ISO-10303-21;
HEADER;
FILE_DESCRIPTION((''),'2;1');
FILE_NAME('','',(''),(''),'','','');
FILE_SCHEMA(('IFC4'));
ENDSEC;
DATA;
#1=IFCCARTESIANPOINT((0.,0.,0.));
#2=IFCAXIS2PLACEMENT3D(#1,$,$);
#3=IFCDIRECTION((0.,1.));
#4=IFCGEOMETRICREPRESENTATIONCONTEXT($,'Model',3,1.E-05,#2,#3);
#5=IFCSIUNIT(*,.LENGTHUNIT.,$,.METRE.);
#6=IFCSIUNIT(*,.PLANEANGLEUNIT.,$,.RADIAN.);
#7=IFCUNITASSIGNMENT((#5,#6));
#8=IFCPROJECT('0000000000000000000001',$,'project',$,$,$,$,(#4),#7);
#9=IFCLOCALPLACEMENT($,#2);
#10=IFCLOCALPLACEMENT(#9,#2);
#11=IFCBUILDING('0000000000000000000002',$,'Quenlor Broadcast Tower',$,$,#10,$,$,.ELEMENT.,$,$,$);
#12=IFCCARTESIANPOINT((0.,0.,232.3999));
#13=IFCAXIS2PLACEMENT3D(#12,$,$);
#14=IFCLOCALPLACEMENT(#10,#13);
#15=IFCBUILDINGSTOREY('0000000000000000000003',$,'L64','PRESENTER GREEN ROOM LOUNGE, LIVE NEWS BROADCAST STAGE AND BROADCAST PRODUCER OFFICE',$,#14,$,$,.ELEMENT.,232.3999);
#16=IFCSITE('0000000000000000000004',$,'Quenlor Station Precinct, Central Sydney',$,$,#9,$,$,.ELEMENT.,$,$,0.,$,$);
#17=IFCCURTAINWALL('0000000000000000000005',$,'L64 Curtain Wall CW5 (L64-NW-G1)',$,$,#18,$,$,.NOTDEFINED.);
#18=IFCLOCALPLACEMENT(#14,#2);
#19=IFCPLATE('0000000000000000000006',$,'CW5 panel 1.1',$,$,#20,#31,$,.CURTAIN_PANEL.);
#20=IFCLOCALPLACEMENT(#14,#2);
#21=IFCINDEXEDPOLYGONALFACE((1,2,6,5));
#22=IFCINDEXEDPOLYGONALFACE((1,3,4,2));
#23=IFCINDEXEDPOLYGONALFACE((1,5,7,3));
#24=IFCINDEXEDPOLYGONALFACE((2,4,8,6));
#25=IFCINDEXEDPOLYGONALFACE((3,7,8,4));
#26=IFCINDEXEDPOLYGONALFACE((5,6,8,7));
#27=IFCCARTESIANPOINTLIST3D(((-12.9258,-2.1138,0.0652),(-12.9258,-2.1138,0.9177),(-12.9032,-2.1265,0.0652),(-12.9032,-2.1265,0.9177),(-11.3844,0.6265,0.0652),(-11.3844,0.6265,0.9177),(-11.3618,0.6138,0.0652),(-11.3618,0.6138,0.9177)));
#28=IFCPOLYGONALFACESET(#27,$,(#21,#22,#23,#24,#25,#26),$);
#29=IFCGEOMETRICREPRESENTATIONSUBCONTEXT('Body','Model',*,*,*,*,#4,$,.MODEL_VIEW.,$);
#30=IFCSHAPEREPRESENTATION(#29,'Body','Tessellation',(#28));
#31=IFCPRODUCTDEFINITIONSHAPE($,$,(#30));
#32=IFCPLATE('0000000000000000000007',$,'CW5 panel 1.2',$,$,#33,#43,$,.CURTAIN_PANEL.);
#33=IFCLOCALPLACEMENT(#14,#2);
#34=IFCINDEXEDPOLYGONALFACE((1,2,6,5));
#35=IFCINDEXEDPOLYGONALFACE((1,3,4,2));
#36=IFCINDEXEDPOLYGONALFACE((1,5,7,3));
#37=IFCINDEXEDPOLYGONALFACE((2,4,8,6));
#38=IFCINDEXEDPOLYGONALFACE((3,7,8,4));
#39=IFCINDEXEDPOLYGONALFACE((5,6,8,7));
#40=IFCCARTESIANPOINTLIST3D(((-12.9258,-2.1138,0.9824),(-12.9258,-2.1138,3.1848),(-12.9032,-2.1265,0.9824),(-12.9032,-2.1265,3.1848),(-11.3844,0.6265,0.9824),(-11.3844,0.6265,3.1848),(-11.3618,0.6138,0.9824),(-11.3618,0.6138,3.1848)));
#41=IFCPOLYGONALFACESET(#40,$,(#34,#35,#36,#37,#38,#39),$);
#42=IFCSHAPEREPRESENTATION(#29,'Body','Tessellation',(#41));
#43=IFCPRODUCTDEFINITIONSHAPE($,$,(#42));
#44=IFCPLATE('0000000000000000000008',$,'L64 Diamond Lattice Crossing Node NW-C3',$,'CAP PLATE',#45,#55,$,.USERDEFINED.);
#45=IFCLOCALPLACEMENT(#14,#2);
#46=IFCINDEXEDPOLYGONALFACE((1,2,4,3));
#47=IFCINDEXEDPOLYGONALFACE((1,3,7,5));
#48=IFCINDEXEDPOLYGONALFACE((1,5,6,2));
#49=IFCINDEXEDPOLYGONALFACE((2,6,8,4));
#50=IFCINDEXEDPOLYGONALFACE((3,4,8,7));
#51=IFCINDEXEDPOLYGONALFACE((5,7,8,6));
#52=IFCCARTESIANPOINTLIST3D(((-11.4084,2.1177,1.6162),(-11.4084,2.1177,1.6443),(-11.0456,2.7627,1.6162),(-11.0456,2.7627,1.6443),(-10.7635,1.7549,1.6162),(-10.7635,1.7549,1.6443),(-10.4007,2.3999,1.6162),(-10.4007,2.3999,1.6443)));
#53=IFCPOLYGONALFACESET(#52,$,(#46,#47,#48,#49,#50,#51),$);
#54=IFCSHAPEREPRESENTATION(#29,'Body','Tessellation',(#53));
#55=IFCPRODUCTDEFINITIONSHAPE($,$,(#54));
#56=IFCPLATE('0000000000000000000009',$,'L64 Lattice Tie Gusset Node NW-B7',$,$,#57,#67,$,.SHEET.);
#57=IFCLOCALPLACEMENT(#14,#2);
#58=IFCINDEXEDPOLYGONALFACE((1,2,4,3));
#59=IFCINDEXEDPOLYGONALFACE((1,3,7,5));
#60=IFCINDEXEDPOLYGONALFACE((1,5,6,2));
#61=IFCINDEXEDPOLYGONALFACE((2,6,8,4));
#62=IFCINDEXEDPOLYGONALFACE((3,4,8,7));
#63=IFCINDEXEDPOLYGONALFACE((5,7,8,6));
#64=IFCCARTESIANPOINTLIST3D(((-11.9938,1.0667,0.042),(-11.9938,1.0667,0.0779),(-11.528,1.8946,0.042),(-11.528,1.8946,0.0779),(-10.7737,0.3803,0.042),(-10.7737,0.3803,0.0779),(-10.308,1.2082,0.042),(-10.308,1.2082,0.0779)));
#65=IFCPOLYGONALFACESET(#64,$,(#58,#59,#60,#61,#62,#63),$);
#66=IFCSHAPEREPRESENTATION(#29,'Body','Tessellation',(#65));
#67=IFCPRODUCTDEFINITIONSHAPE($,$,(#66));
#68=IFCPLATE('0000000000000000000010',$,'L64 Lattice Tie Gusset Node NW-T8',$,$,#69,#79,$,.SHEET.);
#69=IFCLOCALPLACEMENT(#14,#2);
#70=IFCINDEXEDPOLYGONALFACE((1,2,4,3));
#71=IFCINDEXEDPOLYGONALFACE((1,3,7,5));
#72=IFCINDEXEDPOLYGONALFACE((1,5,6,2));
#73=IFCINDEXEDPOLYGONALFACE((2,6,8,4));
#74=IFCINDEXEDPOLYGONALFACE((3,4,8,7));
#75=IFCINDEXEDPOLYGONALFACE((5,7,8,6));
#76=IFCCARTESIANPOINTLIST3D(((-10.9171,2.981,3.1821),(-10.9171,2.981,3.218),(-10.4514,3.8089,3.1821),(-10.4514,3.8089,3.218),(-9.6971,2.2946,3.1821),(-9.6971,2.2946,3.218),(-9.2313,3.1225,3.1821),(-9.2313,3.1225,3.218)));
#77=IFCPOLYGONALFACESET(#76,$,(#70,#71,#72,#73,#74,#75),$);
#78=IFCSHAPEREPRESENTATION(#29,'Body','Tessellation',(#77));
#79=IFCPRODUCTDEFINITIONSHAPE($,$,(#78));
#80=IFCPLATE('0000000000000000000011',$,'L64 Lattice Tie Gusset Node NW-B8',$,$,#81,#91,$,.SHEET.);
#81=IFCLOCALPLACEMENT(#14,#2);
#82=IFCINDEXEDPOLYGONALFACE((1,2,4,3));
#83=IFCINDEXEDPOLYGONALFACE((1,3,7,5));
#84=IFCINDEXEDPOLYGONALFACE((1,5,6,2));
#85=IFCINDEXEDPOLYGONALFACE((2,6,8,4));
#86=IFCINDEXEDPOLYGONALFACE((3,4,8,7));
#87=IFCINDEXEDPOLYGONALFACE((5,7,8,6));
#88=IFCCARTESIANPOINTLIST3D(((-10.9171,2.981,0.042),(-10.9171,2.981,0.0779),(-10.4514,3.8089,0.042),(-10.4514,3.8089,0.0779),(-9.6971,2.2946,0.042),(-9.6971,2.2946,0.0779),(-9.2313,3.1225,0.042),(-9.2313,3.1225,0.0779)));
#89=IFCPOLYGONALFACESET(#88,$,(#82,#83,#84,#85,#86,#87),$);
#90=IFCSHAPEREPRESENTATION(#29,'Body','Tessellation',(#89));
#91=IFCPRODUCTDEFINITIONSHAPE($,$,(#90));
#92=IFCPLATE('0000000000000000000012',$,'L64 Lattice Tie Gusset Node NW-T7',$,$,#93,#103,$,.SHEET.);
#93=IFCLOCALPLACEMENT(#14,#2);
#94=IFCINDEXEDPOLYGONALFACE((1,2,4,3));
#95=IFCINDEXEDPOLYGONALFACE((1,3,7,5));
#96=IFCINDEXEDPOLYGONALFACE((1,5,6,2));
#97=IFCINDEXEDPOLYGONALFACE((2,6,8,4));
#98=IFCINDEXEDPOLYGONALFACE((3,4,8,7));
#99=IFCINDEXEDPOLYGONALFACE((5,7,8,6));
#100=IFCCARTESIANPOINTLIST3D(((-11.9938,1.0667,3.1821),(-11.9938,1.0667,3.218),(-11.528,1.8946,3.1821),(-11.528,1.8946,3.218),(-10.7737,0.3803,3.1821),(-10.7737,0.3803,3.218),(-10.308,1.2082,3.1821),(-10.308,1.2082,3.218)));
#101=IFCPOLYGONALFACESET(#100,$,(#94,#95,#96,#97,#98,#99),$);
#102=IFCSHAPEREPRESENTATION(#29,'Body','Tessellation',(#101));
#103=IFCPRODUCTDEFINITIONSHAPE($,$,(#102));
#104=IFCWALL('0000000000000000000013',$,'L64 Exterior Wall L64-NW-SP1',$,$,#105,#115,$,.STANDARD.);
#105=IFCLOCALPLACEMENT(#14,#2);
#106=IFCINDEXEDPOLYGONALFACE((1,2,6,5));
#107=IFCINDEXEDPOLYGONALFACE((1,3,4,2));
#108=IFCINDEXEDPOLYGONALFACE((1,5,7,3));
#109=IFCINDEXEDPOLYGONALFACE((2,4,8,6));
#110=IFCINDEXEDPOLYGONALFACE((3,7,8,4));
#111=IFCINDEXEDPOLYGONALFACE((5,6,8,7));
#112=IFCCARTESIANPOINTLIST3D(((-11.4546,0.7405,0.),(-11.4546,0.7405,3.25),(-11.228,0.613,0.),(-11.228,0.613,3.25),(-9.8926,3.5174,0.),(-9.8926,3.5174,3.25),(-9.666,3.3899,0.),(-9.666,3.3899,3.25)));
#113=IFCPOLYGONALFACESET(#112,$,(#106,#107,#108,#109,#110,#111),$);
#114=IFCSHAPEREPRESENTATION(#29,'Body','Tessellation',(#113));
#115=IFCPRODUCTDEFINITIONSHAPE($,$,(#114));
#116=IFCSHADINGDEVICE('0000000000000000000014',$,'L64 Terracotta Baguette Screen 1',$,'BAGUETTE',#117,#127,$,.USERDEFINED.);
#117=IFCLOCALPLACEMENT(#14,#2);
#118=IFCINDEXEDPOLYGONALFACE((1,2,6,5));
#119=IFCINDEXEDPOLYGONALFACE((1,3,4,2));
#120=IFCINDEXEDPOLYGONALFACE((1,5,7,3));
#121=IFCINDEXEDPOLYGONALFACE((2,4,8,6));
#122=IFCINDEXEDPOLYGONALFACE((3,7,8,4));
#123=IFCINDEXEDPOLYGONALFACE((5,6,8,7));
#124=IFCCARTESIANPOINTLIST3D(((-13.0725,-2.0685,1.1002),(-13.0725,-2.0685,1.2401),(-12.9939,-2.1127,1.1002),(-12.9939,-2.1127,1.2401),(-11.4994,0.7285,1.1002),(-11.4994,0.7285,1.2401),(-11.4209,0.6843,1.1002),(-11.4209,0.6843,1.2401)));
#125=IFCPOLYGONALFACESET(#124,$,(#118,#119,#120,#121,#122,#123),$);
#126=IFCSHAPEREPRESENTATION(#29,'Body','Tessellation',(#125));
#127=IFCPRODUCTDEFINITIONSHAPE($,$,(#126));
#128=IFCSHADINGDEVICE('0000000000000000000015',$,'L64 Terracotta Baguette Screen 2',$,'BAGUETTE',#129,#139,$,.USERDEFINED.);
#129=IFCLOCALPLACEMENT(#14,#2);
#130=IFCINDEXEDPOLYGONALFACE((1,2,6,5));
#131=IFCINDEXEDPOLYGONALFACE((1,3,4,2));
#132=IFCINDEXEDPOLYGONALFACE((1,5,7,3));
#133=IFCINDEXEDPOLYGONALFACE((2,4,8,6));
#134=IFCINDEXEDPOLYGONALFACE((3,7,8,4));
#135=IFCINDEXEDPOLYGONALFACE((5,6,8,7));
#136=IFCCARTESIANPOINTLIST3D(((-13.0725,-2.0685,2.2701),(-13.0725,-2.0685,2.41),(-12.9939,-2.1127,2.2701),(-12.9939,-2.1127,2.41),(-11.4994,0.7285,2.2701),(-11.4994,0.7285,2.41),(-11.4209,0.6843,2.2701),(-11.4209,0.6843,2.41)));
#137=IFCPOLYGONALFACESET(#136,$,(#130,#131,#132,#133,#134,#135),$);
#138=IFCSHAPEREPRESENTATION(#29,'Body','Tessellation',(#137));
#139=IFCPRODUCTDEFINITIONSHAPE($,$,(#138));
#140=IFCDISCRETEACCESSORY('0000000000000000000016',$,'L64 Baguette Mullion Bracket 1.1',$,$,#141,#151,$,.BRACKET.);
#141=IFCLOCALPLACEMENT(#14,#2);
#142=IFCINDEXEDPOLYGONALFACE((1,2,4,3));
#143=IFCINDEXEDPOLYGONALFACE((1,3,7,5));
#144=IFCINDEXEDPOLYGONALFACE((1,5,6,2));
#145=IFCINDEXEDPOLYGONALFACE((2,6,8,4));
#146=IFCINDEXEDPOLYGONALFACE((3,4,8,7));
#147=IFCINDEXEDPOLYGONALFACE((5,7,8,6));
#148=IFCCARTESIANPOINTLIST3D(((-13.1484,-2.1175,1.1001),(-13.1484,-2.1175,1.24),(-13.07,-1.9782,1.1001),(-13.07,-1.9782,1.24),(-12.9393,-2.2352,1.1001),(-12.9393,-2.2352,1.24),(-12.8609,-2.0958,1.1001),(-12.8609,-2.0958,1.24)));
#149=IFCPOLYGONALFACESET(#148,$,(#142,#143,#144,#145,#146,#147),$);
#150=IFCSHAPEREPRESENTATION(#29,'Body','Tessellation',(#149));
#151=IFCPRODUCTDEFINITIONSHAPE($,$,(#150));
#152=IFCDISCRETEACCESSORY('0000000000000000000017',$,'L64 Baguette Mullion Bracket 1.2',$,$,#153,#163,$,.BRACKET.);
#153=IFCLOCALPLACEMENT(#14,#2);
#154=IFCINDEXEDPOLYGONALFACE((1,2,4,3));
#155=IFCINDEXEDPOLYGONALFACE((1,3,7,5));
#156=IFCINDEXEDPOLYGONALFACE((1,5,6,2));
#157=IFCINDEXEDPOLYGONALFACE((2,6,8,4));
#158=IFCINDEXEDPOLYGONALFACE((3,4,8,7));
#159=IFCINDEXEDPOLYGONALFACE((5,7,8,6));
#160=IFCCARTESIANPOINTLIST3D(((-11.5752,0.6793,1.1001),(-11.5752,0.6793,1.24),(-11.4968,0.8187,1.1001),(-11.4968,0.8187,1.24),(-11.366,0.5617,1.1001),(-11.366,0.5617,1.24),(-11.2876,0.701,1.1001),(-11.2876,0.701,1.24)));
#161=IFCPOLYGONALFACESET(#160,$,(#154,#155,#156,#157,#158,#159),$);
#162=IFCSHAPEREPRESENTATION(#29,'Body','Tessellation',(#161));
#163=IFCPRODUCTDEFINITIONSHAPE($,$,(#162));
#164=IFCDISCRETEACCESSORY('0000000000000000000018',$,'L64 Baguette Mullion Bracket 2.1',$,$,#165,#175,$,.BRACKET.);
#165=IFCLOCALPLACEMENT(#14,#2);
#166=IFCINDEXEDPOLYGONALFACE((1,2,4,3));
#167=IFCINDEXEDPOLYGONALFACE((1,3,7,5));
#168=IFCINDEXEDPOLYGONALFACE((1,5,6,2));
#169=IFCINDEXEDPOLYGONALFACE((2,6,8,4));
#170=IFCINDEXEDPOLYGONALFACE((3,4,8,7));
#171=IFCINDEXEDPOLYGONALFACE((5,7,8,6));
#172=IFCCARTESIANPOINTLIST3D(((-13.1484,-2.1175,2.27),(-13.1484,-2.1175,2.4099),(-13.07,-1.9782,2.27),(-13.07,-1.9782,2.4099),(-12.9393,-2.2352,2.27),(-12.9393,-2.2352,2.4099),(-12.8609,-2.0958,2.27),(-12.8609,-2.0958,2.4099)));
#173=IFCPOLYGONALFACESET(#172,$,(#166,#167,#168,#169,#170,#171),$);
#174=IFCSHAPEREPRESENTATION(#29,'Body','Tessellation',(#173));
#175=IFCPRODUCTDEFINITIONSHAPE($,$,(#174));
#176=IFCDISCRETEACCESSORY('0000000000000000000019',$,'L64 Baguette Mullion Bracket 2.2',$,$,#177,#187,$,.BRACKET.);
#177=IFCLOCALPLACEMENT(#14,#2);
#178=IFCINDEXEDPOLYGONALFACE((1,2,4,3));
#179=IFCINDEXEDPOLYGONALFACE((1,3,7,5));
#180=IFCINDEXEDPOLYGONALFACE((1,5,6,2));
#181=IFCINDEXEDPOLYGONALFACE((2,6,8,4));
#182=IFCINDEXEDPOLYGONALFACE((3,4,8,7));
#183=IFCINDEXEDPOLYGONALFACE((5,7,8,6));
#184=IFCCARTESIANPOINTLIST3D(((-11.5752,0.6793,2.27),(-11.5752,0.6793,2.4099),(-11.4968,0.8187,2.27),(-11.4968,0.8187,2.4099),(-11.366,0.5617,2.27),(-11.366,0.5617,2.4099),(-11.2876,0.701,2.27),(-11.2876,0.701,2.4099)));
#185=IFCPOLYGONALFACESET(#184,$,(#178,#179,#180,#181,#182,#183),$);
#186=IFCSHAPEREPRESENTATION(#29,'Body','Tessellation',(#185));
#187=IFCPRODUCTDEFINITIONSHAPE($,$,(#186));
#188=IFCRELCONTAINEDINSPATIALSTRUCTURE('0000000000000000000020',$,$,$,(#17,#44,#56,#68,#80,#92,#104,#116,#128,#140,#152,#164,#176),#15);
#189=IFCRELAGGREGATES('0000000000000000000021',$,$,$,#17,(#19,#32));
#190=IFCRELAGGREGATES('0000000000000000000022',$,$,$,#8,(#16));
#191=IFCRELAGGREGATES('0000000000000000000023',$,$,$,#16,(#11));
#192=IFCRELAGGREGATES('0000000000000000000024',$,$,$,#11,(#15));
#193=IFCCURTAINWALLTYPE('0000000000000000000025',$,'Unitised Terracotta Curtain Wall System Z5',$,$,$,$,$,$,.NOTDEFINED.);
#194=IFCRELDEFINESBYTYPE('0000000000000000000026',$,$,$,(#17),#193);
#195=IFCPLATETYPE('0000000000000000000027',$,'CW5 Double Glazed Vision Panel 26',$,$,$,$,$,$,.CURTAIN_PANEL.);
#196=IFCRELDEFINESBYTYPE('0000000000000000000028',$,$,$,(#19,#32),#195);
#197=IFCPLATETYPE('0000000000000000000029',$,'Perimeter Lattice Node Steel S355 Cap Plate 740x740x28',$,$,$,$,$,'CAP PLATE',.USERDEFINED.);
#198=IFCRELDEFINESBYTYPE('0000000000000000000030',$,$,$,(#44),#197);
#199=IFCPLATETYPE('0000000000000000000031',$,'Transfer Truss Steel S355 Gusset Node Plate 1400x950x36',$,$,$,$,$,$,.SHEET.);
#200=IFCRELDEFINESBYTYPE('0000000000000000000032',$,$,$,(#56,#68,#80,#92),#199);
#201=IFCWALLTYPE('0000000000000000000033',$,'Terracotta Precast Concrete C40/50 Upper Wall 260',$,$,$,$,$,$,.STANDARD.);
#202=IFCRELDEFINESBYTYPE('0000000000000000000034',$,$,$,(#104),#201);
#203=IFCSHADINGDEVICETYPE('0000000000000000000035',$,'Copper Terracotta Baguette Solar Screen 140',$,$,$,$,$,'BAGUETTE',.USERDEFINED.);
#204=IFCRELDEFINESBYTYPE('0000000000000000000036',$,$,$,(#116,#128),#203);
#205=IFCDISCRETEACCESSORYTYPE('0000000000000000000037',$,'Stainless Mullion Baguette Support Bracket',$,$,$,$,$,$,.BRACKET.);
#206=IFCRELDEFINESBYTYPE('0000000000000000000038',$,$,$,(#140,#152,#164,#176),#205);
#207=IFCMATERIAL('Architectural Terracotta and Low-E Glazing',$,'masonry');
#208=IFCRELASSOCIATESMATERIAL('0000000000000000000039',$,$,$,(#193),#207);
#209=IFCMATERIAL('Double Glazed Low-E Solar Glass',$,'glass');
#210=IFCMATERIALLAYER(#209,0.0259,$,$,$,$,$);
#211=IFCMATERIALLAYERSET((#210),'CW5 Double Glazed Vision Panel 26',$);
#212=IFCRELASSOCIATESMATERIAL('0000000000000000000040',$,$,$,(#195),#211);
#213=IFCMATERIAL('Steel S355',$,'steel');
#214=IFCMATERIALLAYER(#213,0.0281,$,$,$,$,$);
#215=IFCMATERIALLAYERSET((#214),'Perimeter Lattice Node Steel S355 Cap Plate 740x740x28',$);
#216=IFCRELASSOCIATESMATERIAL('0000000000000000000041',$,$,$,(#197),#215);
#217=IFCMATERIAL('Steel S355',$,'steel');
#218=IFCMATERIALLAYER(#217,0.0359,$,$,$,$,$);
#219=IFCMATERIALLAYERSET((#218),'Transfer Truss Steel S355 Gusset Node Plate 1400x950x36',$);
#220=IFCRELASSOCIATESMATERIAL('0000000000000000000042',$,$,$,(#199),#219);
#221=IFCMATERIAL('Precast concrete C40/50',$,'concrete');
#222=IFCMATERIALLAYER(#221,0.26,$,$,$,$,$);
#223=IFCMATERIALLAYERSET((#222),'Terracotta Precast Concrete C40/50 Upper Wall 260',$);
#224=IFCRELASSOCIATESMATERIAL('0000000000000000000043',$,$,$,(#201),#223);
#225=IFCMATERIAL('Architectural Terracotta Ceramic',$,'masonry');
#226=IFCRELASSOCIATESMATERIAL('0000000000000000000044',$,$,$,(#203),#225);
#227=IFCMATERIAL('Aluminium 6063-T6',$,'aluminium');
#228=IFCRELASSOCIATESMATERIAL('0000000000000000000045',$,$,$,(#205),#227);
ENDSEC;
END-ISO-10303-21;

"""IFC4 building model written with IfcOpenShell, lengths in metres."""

from ifc_helpers import new_model, si_unit, direction, frame, frame_2d, origin, origin_2d, place, context, subcontext, project, spatial, rectangle, extrude, material, layer, layer_set, material_profile, profile_set, type_object, element, aggregate, save


model = new_model("IFC4")

# Units and contexts
model_context = context("Model", 3, precision=1e-05, world=origin(), true_north=direction((0.0, 1.0)))
body_context = subcontext(model_context, "Body", "Model", "MODEL_VIEW")
ifc_project = project(units=[si_unit("LENGTHUNIT", "METRE"), si_unit("PLANEANGLEUNIT", "RADIAN")], contexts=[model_context])

# Site, building, storey
site_placement = place(None, origin())
site = spatial("IfcSite", under=ifc_project, at=site_placement, Name="Quenlor Station Precinct, Central Sydney", CompositionType="ELEMENT", RefElevation=0.0)
building_placement = place(site_placement, origin())
building = spatial("IfcBuilding", under=site, at=building_placement, Name="Quenlor Broadcast Tower", CompositionType="ELEMENT")
storey_placement = place(building_placement, frame((0.0, 0.0, 232.3999)))
storey = spatial("IfcBuildingStorey", under=building, at=storey_placement, Name="L64", Description="PRESENTER GREEN ROOM LOUNGE, LIVE NEWS BROADCAST STAGE AND BROADCAST PRODUCER OFFICE", CompositionType="ELEMENT", Elevation=232.3999)

# Curtain wall
ifc_material_1 = material(Name="Architectural Terracotta and Low-E Glazing", Category="masonry")
curtain_wall_type = type_object("IfcCurtainWallType", Name="Unitised Terracotta Curtain Wall System Z5", PredefinedType="NOTDEFINED", material=ifc_material_1)
curtain_wall_1_placement = place(storey_placement, origin())
curtain_wall_1 = element("IfcCurtainWall", 1, at=curtain_wall_1_placement, inside=storey, type_object=curtain_wall_type, Name="L64 Curtain Wall CW5 (L64-NW-G1)", PredefinedType="NOTDEFINED")

# Plates
ifc_material_2 = material(Name="Double Glazed Low-E Solar Glass", Category="glass")
ifc_layer_1 = layer(ifc_material_2, 0.0259)
ifc_layer_set_1 = layer_set([ifc_layer_1], Name="CW5 Double Glazed Vision Panel 26")
plate_type_1 = type_object("IfcPlateType", Name="CW5 Double Glazed Vision Panel 26", PredefinedType="CURTAIN_PANEL", material=ifc_layer_set_1)
plate_1_placement = place(storey_placement, frame((-12.1438, -0.75, 0.0652), z_axis=(0.0, 0.0, 1.0), x_axis=(0.490263, 0.871575, 0.0)))
plate_1 = element("IfcPlate", 2, at=plate_1_placement, type_object=plate_type_1, Name="CW5 panel 1.1", PredefinedType="CURTAIN_PANEL", context=body_context, shape_type="SweptSolid", body=[
    extrude(rectangle(XDim=3.144, YDim=0.0259, at=origin_2d()), origin(), (0.0, 0.0, 1.0), 0.8525),
])
plate_2_placement = place(storey_placement, frame((-12.1438, -0.75, 0.9824), z_axis=(0.0, 0.0, 1.0), x_axis=(0.490263, 0.871575, 0.0)))
plate_2 = element("IfcPlate", 3, at=plate_2_placement, type_object=plate_type_1, Name="CW5 panel 1.2", PredefinedType="CURTAIN_PANEL", context=body_context, shape_type="SweptSolid", body=[
    extrude(rectangle(XDim=3.144, YDim=0.0259, at=origin_2d()), origin(), (0.0, 0.0, 1.0), 2.2024),
])
aggregate(curtain_wall_1, [plate_1, plate_2])

# Plates
ifc_material_3 = material(Name="Steel S355", Category="steel")
ifc_layer_2 = layer(ifc_material_3, 0.0281)
ifc_layer_set_2 = layer_set([ifc_layer_2], Name="Perimeter Lattice Node Steel S355 Cap Plate 740x740x28")
plate_type_2 = type_object("IfcPlateType", Name="Perimeter Lattice Node Steel S355 Cap Plate 740x740x28", ElementType="CAP PLATE", PredefinedType="USERDEFINED", material=ifc_layer_set_2)
plate_3_placement = place(storey_placement, frame((-10.9045, 2.2588, 1.6162), z_axis=(0.0, 0.0, 1.0), x_axis=(0.490295, 0.871556, 0.0)))
element("IfcPlate", 4, at=plate_3_placement, inside=storey, type_object=plate_type_2, Name="L64 Diamond Lattice Crossing Node NW-C3", ObjectType="CAP PLATE", PredefinedType="USERDEFINED", context=body_context, shape_type="SweptSolid", body=[
    extrude(rectangle(XDim=0.74, YDim=0.74, at=origin_2d()), origin(), (0.0, 0.0, 1.0), 0.0281),
])
ifc_material_4 = material(Name="Steel S355", Category="steel")
ifc_layer_3 = layer(ifc_material_4, 0.0359)
ifc_layer_set_3 = layer_set([ifc_layer_3], Name="Transfer Truss Steel S355 Gusset Node Plate 1400x950x36")
plate_type_3 = type_object("IfcPlateType", Name="Transfer Truss Steel S355 Gusset Node Plate 1400x950x36", PredefinedType="SHEET", material=ifc_layer_set_3)
for number, where, z_axis, x_axis, name in (
    (5, (-11.1509, 1.1375, 0.042), (0.0, 0.0, 1.0), (-0.871556, 0.490295, 0.0), "L64 Lattice Tie Gusset Node NW-B7"),
    (6, (-10.0742, 3.0518, 3.1821), (0.0, 0.0, 1.0), (-0.871556, 0.490295, 0.0), "L64 Lattice Tie Gusset Node NW-T8"),
    (7, (-10.0742, 3.0518, 0.042), (0.0, 0.0, 1.0), (-0.871556, 0.490295, 0.0), "L64 Lattice Tie Gusset Node NW-B8"),
    (8, (-11.1509, 1.1375, 3.1821), (0.0, 0.0, 1.0), (-0.871556, 0.490295, 0.0), "L64 Lattice Tie Gusset Node NW-T7"),
):
    element("IfcPlate", number, at=place(storey_placement, frame(where, z_axis=z_axis, x_axis=x_axis)), inside=storey, type_object=plate_type_3, Name=name, PredefinedType="SHEET", context=body_context, shape_type="SweptSolid", body=[
        extrude(rectangle(XDim=1.3999, YDim=0.95, at=origin_2d()), origin(), (0.0, 0.0, 1.0), 0.0359),
    ])

# Wall
ifc_material_5 = material(Name="Precast concrete C40/50", Category="concrete")
ifc_layer_4 = layer(ifc_material_5, 0.26)
ifc_layer_set_4 = layer_set([ifc_layer_4], Name="Terracotta Precast Concrete C40/50 Upper Wall 260")
wall_type_1 = type_object("IfcWallType", Name="Terracotta Precast Concrete C40/50 Upper Wall 260", PredefinedType="STANDARD", material=ifc_layer_set_4)
wall_1_placement = place(storey_placement, frame((-11.3413, 0.6768, 0.0), z_axis=(0.0, 0.0, 1.0), x_axis=(0.490269, 0.871571, 0.0)))
element("IfcWall", 9, at=wall_1_placement, inside=storey, type_object=wall_type_1, Name="L64 Exterior Wall L64-NW-SP1", PredefinedType="STANDARD", context=body_context, shape_type="SweptSolid", body=[
    extrude(rectangle(XDim=3.186, YDim=0.26, at=frame_2d((1.593, 0.0))), origin(), (0.0, 0.0, 1.0), 3.25),
])

# Shading devices
ifc_material_6 = material(Name="Architectural Terracotta Ceramic", Category="masonry")
ifc_material_profile_1 = material_profile(ifc_material_6, rectangle(XDim=0.0901, YDim=0.1399, at=origin_2d()))
ifc_profile_set_1 = profile_set([ifc_material_profile_1], Name="Architectural Terracotta Ceramic BAG90x140")
shading_device_type = type_object("IfcShadingDeviceType", Name="Copper Terracotta Baguette Solar Screen 140", ElementType="BAGUETTE", PredefinedType="USERDEFINED", material=ifc_profile_set_1)
for number, where, z_axis, x_axis, name in (
    (10, (-13.0332, -2.0906, 1.1702), (0.490203, 0.871608, 0.0), (-0.871608, 0.490203, 0.0), "L64 Terracotta Baguette Screen 1"),
    (11, (-13.0332, -2.0906, 2.3401), (0.490203, 0.871608, 0.0), (-0.871608, 0.490203, 0.0), "L64 Terracotta Baguette Screen 2"),
):
    element("IfcShadingDevice", number, at=place(storey_placement, frame(where, z_axis=z_axis, x_axis=x_axis)), inside=storey, type_object=shading_device_type, Name=name, ObjectType="BAGUETTE", PredefinedType="USERDEFINED", context=body_context, shape_type="SweptSolid", body=[
        extrude(rectangle(XDim=0.0901, YDim=0.1399, at=origin_2d()), origin(), (0.0, 0.0, 1.0), 3.209),
    ])

# Discrete accessories
ifc_material_7 = material(Name="Aluminium 6063-T6", Category="aluminium")
discrete_accessory_type = type_object("IfcDiscreteAccessoryType", Name="Stainless Mullion Baguette Support Bracket", PredefinedType="BRACKET", material=ifc_material_7)
for number, where, z_axis, x_axis, name in (
    (12, (-13.0046, -2.1067, 1.1001), (0.0, 0.0, 1.0), (0.490262, 0.871575, 0.0), "L64 Baguette Mullion Bracket 1.1"),
    (13, (-11.4314, 0.6902, 1.1001), (0.0, 0.0, 1.0), (0.490262, 0.871575, 0.0), "L64 Baguette Mullion Bracket 1.2"),
    (14, (-13.0046, -2.1067, 2.27), (0.0, 0.0, 1.0), (0.490262, 0.871575, 0.0), "L64 Baguette Mullion Bracket 2.1"),
    (15, (-11.4314, 0.6902, 2.27), (0.0, 0.0, 1.0), (0.490262, 0.871575, 0.0), "L64 Baguette Mullion Bracket 2.2"),
):
    element("IfcDiscreteAccessory", number, at=place(storey_placement, frame(where, z_axis=z_axis, x_axis=x_axis)), inside=storey, type_object=discrete_accessory_type, Name=name, PredefinedType="BRACKET", context=body_context, shape_type="SweptSolid", body=[
        extrude(rectangle(XDim=0.1599, YDim=0.24, at=origin_2d()), origin(), (0.0, 0.0, 1.0), 0.1399),
    ])

save(model, "model.ifc")
